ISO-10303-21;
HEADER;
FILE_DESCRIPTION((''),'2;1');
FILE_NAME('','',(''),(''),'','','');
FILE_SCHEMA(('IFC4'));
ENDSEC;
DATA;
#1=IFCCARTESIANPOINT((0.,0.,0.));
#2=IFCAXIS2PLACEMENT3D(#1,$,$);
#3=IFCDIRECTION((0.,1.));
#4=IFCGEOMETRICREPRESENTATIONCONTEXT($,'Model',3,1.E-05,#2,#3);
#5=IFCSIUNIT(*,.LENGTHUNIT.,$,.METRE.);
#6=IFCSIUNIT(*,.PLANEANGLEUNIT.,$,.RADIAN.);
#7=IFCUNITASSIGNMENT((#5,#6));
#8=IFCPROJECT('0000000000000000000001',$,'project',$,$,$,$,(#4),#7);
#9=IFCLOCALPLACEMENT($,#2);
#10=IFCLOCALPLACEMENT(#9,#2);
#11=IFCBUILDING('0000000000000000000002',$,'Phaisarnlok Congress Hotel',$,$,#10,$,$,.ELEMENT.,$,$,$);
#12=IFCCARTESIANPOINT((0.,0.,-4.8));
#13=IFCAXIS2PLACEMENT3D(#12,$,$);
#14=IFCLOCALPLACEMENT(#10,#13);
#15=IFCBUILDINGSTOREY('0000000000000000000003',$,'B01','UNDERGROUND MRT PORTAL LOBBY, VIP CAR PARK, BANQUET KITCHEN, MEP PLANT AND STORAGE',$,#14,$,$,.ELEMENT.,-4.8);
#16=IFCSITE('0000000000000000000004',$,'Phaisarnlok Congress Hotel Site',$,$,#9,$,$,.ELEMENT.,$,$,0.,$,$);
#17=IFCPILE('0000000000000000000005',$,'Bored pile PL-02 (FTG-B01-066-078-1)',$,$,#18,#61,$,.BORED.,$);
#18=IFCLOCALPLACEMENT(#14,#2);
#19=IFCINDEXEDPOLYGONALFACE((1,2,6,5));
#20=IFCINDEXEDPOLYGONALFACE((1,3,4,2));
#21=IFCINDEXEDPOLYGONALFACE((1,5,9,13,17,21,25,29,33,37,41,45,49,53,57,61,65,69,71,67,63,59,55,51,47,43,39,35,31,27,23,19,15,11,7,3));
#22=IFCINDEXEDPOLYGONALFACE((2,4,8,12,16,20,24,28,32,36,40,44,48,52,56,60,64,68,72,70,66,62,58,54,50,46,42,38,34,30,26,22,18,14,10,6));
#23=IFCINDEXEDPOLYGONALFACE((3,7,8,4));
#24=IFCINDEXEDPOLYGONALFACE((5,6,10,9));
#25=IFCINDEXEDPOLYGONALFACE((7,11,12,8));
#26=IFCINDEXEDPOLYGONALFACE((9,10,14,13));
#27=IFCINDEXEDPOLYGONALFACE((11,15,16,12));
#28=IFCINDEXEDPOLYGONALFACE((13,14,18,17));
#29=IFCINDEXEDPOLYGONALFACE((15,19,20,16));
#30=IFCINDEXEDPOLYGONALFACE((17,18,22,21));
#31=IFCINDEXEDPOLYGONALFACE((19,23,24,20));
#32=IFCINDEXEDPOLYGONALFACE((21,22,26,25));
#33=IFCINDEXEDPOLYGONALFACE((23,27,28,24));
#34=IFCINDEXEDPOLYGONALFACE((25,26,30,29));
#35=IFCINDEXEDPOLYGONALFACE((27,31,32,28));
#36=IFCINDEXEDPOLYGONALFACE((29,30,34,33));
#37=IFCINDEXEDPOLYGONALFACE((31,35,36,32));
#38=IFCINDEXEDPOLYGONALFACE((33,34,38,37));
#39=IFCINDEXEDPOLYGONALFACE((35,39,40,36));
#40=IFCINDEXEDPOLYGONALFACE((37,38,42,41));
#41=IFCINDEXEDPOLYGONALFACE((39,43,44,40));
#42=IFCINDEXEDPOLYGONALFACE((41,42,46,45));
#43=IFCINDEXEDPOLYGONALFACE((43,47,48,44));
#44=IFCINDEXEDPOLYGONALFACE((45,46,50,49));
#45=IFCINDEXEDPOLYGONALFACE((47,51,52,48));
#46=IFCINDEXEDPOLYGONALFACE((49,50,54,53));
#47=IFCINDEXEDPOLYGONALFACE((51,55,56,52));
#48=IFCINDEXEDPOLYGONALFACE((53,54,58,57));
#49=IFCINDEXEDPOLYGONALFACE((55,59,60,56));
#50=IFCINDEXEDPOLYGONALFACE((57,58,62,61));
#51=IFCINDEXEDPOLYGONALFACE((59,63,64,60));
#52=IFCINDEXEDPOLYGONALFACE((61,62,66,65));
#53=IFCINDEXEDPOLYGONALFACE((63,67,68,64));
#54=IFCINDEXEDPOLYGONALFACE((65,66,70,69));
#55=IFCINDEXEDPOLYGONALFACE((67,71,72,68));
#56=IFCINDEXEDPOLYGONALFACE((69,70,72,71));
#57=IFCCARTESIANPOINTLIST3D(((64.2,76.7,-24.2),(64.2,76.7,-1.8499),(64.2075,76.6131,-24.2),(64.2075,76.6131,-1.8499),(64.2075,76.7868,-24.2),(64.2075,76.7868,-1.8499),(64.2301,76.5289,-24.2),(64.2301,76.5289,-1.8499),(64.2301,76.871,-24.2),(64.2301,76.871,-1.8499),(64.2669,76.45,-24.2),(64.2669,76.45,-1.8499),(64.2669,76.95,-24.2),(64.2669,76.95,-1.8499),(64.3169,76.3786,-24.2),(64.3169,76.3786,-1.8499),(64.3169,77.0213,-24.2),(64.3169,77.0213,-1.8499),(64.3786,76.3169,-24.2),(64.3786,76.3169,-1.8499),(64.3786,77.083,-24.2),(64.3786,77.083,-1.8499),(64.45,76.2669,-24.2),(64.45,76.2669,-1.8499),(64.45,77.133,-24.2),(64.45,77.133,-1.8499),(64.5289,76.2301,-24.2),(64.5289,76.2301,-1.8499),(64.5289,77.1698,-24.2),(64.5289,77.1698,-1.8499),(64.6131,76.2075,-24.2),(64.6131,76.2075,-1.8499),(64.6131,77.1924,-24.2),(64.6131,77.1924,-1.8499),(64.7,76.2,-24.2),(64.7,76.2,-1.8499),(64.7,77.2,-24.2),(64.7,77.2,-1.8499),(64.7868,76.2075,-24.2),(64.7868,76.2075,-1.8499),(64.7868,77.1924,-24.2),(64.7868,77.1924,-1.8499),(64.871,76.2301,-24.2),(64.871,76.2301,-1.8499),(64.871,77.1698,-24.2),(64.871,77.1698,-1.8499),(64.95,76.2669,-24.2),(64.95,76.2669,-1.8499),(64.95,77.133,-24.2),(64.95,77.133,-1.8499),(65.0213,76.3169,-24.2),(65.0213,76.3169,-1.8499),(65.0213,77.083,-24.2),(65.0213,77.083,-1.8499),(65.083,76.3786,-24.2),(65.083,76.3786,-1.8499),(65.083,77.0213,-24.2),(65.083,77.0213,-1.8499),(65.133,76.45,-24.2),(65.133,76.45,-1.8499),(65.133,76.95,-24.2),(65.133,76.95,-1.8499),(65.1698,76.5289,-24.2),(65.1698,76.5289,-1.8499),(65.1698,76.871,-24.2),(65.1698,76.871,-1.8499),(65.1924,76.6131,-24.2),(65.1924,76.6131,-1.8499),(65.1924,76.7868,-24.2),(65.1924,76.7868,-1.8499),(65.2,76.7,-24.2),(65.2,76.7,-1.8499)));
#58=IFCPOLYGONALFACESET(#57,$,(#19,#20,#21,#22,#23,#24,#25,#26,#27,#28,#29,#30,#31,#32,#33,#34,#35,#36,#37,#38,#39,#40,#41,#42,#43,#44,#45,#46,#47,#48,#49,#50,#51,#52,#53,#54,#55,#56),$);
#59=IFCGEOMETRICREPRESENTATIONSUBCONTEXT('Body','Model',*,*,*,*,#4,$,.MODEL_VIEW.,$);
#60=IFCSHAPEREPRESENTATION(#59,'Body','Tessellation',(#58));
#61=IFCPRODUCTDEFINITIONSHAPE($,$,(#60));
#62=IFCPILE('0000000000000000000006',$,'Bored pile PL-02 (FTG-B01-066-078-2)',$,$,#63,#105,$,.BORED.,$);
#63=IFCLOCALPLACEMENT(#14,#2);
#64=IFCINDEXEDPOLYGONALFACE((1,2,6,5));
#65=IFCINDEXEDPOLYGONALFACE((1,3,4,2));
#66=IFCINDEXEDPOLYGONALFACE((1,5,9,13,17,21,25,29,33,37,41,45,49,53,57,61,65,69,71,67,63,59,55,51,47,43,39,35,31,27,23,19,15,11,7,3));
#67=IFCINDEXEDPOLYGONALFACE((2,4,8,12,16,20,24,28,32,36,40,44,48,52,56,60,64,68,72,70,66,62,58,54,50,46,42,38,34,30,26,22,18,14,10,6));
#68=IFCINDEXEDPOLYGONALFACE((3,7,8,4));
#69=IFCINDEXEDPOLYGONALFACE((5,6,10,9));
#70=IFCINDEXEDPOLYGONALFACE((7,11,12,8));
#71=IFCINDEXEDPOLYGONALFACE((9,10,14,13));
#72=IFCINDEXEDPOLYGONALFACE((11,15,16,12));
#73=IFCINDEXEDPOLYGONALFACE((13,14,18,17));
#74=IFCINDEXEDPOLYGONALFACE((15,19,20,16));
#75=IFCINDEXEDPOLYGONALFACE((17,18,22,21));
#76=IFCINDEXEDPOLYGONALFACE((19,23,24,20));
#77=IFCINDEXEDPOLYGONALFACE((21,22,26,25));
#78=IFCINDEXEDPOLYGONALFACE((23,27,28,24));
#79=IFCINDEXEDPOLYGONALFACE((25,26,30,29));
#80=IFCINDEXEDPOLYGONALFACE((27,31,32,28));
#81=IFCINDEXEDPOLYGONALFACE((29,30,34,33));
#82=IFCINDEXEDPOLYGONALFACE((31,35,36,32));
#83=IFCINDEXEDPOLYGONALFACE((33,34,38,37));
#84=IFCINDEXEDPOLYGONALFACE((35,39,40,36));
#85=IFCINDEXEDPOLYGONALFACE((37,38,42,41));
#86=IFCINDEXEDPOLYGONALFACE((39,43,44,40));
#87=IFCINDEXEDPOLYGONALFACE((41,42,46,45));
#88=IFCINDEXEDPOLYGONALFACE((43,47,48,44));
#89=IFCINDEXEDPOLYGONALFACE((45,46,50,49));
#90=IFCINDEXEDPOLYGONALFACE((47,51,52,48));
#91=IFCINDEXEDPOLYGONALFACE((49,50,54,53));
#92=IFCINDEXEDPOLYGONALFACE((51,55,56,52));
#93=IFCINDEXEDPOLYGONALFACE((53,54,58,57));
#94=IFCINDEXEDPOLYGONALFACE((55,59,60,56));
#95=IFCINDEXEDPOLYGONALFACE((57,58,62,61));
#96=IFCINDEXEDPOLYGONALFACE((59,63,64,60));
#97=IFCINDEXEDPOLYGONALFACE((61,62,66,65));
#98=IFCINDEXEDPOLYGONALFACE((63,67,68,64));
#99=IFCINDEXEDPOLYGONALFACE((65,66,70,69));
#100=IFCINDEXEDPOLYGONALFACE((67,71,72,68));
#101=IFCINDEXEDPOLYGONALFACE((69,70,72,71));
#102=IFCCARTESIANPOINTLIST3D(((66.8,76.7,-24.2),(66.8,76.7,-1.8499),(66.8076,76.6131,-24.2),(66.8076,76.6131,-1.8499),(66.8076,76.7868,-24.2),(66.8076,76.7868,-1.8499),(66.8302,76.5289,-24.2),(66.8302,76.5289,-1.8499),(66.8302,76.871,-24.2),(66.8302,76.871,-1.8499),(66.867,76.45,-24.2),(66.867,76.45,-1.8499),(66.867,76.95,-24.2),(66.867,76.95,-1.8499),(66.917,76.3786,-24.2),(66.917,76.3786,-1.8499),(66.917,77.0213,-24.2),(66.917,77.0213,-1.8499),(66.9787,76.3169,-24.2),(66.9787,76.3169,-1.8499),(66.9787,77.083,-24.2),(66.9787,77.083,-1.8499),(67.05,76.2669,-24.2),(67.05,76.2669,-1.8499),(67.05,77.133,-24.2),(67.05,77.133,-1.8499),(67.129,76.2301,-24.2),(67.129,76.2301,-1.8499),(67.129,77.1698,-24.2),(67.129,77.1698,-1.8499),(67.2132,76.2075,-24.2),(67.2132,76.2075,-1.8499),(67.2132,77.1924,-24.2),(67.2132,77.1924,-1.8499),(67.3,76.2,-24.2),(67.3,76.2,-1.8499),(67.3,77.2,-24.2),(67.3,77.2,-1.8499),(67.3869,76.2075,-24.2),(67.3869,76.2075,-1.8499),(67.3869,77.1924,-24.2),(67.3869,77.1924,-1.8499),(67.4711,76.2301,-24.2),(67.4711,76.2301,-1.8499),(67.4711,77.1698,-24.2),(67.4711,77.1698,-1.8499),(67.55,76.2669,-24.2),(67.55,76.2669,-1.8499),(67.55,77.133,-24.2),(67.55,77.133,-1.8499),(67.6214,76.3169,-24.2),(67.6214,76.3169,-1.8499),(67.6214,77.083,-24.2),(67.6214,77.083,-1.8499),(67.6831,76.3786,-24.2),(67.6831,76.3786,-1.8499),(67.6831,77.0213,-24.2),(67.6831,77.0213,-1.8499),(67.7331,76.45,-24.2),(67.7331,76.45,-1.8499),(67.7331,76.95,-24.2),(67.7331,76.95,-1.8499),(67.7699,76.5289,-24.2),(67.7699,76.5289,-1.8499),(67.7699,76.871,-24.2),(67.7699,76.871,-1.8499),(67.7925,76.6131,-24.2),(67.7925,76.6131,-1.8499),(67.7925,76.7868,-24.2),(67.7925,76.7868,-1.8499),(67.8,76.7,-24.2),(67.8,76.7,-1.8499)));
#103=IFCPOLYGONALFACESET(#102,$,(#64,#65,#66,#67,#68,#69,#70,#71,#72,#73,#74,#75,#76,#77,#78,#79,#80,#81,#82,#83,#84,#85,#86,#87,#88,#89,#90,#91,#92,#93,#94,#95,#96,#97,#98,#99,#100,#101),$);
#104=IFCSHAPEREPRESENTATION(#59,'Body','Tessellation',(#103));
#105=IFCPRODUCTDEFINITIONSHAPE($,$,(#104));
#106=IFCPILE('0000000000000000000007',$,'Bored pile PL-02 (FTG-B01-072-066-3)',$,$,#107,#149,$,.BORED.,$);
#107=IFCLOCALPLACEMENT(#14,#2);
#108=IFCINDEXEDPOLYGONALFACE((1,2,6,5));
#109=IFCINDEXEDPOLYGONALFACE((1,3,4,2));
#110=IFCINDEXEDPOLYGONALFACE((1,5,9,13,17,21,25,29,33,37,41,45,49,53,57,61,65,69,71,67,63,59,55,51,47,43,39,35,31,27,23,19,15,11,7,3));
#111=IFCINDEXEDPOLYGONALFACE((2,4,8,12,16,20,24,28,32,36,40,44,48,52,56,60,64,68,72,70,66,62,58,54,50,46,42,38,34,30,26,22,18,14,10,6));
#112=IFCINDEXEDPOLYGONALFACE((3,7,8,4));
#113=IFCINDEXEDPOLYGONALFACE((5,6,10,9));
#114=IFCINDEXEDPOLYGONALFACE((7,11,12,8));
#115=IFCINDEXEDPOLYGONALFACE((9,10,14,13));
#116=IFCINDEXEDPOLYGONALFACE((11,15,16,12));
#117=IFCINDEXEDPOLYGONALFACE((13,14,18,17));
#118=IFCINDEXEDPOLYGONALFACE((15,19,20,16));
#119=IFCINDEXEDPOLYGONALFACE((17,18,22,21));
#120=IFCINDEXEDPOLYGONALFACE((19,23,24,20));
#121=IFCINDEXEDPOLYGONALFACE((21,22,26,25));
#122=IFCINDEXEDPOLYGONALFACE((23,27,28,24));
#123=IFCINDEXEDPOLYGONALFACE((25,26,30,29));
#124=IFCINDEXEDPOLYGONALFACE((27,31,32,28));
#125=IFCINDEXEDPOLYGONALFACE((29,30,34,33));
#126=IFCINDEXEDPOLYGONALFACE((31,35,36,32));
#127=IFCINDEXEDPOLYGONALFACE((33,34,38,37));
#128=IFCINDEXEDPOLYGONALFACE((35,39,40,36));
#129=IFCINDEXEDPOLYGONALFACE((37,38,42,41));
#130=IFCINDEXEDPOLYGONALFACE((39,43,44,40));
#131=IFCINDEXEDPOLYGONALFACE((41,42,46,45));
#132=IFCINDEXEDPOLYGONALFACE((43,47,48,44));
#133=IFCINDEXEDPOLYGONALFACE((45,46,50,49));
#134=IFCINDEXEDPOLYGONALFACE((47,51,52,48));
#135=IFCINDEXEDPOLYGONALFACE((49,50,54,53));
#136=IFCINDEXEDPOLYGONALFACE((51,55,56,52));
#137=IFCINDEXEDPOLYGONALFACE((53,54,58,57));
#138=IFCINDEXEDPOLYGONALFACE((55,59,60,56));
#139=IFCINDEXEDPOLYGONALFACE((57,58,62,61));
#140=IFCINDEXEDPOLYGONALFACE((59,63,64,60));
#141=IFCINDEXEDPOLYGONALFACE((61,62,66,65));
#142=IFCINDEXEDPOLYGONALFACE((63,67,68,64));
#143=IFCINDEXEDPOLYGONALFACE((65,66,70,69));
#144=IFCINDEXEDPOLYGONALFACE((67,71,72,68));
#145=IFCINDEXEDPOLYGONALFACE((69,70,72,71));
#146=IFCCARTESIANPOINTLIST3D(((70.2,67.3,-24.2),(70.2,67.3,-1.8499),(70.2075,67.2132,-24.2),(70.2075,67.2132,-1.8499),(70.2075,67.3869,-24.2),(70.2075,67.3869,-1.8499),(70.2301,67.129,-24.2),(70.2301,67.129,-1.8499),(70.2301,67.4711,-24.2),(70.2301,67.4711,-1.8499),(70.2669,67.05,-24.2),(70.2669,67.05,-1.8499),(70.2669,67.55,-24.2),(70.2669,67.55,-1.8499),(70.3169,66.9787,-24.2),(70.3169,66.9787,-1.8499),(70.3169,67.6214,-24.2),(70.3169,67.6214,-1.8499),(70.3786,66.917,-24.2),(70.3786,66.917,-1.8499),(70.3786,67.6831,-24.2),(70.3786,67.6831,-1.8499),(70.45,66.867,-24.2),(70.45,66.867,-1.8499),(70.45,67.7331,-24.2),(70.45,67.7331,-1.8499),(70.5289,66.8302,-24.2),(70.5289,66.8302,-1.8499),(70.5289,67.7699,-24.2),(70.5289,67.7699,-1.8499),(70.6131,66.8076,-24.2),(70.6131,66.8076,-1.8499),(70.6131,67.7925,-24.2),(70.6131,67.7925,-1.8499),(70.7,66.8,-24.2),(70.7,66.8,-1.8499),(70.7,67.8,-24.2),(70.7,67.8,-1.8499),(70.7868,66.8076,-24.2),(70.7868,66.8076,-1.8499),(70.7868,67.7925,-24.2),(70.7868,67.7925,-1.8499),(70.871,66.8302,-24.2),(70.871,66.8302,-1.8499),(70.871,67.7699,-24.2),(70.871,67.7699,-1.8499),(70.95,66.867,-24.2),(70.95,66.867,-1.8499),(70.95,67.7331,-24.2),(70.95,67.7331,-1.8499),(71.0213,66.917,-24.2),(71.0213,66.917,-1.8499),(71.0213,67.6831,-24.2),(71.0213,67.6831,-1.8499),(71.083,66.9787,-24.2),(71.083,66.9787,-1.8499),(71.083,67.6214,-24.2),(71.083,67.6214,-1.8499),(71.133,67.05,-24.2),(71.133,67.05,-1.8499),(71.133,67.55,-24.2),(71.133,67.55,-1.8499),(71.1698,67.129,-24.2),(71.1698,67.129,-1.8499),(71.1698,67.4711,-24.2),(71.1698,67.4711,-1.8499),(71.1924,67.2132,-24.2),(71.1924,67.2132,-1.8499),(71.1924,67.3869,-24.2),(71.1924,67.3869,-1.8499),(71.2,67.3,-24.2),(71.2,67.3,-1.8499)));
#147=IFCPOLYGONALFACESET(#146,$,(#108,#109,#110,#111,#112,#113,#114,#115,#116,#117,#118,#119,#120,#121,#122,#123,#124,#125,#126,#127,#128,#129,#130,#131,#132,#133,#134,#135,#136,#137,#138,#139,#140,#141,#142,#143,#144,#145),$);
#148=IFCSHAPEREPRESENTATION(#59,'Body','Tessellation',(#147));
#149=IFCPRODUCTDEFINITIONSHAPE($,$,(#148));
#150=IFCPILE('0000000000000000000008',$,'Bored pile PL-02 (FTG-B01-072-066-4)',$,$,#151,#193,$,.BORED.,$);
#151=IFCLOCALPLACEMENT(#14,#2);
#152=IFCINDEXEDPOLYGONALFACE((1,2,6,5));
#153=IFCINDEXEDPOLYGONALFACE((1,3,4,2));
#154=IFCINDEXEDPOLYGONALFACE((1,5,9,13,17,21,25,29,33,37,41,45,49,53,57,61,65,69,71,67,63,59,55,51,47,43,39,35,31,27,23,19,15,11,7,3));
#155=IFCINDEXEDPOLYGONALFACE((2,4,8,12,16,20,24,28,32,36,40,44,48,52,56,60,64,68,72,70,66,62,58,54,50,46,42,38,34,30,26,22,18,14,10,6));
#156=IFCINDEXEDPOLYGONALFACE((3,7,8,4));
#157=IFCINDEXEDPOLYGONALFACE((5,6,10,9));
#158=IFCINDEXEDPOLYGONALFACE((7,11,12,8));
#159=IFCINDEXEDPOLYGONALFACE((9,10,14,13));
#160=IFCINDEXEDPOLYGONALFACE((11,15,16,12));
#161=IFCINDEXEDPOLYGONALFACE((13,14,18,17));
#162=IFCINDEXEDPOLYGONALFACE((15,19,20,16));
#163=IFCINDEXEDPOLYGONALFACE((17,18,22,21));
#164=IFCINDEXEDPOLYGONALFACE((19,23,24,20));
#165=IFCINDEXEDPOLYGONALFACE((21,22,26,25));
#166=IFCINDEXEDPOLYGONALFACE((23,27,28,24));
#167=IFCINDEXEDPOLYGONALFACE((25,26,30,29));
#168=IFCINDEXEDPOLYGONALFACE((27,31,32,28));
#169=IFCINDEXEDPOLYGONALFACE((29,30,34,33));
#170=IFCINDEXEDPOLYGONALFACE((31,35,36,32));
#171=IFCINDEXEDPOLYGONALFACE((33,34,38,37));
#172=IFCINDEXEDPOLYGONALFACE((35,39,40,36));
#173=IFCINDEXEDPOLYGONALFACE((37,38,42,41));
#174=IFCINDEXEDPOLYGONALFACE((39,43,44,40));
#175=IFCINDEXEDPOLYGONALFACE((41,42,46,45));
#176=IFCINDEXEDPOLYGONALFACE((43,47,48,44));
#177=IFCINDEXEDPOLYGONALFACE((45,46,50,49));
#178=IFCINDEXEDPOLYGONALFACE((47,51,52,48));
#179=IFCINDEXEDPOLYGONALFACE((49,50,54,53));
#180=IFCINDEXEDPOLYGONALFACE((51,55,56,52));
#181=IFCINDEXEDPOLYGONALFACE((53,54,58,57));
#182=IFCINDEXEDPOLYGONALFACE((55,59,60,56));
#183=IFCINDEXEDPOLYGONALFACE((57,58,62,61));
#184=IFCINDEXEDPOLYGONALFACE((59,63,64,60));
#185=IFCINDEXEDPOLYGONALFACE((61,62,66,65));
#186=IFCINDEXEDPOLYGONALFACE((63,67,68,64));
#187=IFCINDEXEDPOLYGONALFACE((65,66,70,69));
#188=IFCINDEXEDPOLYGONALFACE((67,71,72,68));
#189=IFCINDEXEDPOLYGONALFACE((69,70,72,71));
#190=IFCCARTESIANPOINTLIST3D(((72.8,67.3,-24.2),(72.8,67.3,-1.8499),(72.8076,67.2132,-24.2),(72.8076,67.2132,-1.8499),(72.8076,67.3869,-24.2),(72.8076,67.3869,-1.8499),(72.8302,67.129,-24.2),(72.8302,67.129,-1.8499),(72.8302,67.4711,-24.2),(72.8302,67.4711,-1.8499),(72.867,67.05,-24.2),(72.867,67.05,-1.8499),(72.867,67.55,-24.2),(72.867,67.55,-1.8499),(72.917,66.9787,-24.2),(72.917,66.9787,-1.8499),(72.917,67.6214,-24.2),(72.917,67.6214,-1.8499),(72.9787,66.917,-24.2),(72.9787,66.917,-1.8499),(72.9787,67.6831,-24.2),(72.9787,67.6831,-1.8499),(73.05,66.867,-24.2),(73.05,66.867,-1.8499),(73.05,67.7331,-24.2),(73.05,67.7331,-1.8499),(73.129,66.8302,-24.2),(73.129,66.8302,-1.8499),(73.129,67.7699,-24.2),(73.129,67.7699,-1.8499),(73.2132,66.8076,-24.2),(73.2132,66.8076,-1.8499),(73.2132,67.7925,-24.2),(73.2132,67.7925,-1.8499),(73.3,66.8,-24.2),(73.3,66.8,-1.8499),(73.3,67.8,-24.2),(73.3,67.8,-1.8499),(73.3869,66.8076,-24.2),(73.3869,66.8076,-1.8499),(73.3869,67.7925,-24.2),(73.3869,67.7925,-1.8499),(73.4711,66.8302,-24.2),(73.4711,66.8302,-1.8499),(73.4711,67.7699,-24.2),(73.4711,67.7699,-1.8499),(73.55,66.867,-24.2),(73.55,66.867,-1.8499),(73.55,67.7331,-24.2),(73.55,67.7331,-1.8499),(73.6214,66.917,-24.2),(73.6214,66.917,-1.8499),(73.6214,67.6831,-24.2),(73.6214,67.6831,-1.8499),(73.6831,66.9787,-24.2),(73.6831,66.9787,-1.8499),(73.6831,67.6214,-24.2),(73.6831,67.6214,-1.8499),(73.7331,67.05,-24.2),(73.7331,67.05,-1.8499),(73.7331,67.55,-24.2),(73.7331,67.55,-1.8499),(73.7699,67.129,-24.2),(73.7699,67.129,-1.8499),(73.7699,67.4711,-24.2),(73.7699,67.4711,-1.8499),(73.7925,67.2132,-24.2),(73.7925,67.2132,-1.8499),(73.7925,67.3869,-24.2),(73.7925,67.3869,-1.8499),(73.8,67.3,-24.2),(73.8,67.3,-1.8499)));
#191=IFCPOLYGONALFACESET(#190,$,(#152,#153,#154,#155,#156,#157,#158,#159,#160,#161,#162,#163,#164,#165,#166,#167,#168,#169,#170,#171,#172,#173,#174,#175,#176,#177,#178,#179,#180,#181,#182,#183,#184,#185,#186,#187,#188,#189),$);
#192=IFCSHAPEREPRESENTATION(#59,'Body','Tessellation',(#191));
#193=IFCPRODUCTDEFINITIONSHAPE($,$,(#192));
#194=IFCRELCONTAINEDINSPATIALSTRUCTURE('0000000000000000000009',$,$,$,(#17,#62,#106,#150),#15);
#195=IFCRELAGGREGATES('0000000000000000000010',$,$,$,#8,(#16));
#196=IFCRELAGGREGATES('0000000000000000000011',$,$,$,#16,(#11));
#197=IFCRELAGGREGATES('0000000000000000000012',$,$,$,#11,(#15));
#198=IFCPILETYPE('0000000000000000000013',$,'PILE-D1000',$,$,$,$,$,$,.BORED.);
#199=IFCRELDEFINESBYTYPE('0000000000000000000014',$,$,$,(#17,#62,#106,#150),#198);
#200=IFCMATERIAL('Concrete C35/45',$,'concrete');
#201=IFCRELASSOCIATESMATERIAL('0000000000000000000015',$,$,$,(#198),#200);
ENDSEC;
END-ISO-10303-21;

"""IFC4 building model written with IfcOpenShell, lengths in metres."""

from ifc_helpers import new_model, si_unit, direction, frame, origin, origin_2d, place, context, subcontext, project, spatial, circle, extrude, material, material_profile, profile_set, type_object, element, save


model = new_model("IFC4")

# Units and contexts
model_context = context("Model", 3, precision=1e-05, world=origin(), true_north=direction((0.0, 1.0)))
body_context = subcontext(model_context, "Body", "Model", "MODEL_VIEW")
ifc_project = project(units=[si_unit("LENGTHUNIT", "METRE"), si_unit("PLANEANGLEUNIT", "RADIAN")], contexts=[model_context])

# Site, building, storey
site_placement = place(None, origin())
site = spatial("IfcSite", under=ifc_project, at=site_placement, Name="Phaisarnlok Congress Hotel Site", CompositionType="ELEMENT", RefElevation=0.0)
building_placement = place(site_placement, origin())
building = spatial("IfcBuilding", under=site, at=building_placement, Name="Phaisarnlok Congress Hotel", CompositionType="ELEMENT")
storey_placement = place(building_placement, frame((0.0, 0.0, -4.8)))
storey = spatial("IfcBuildingStorey", under=building, at=storey_placement, Name="B01", Description="UNDERGROUND MRT PORTAL LOBBY, VIP CAR PARK, BANQUET KITCHEN, MEP PLANT AND STORAGE", CompositionType="ELEMENT", Elevation=-4.8)

# Piles
ifc_material_1 = material(Name="Concrete C35/45", Category="concrete")
ifc_material_profile_1 = material_profile(ifc_material_1, circle(Radius=0.5, at=origin_2d()), Name="BORED PILE D1000")
ifc_profile_set_1 = profile_set([ifc_material_profile_1], Name="Concrete C35/45")
pile_type_1 = type_object("IfcPileType", Name="PILE-D1000", PredefinedType="BORED", material=ifc_profile_set_1)
for number, where, z_axis, x_axis, name in (
    (1, (64.7, 76.7, -1.8499), (0.0, 0.0, -1.0), (1.0, 0.0, 0.0), "Bored pile PL-02 (FTG-B01-066-078-1)"),
    (2, (67.3, 76.7, -1.8499), (0.0, 0.0, -1.0), (1.0, 0.0, 0.0), "Bored pile PL-02 (FTG-B01-066-078-2)"),
    (3, (70.7, 67.3, -1.8499), (0.0, 0.0, -1.0), (1.0, 0.0, 0.0), "Bored pile PL-02 (FTG-B01-072-066-3)"),
    (4, (73.3, 67.3, -1.8499), (0.0, 0.0, -1.0), (1.0, 0.0, 0.0), "Bored pile PL-02 (FTG-B01-072-066-4)"),
):
    element("IfcPile", number, at=place(storey_placement, frame(where, z_axis=z_axis, x_axis=x_axis)), inside=storey, type_object=pile_type_1, Name=name, PredefinedType="BORED", context=body_context, shape_type="SweptSolid", body=[
        extrude(circle(Radius=0.5, at=origin_2d()), origin(), (0.0, 0.0, 1.0), 22.3501),
    ])

save(model, "model.ifc")
